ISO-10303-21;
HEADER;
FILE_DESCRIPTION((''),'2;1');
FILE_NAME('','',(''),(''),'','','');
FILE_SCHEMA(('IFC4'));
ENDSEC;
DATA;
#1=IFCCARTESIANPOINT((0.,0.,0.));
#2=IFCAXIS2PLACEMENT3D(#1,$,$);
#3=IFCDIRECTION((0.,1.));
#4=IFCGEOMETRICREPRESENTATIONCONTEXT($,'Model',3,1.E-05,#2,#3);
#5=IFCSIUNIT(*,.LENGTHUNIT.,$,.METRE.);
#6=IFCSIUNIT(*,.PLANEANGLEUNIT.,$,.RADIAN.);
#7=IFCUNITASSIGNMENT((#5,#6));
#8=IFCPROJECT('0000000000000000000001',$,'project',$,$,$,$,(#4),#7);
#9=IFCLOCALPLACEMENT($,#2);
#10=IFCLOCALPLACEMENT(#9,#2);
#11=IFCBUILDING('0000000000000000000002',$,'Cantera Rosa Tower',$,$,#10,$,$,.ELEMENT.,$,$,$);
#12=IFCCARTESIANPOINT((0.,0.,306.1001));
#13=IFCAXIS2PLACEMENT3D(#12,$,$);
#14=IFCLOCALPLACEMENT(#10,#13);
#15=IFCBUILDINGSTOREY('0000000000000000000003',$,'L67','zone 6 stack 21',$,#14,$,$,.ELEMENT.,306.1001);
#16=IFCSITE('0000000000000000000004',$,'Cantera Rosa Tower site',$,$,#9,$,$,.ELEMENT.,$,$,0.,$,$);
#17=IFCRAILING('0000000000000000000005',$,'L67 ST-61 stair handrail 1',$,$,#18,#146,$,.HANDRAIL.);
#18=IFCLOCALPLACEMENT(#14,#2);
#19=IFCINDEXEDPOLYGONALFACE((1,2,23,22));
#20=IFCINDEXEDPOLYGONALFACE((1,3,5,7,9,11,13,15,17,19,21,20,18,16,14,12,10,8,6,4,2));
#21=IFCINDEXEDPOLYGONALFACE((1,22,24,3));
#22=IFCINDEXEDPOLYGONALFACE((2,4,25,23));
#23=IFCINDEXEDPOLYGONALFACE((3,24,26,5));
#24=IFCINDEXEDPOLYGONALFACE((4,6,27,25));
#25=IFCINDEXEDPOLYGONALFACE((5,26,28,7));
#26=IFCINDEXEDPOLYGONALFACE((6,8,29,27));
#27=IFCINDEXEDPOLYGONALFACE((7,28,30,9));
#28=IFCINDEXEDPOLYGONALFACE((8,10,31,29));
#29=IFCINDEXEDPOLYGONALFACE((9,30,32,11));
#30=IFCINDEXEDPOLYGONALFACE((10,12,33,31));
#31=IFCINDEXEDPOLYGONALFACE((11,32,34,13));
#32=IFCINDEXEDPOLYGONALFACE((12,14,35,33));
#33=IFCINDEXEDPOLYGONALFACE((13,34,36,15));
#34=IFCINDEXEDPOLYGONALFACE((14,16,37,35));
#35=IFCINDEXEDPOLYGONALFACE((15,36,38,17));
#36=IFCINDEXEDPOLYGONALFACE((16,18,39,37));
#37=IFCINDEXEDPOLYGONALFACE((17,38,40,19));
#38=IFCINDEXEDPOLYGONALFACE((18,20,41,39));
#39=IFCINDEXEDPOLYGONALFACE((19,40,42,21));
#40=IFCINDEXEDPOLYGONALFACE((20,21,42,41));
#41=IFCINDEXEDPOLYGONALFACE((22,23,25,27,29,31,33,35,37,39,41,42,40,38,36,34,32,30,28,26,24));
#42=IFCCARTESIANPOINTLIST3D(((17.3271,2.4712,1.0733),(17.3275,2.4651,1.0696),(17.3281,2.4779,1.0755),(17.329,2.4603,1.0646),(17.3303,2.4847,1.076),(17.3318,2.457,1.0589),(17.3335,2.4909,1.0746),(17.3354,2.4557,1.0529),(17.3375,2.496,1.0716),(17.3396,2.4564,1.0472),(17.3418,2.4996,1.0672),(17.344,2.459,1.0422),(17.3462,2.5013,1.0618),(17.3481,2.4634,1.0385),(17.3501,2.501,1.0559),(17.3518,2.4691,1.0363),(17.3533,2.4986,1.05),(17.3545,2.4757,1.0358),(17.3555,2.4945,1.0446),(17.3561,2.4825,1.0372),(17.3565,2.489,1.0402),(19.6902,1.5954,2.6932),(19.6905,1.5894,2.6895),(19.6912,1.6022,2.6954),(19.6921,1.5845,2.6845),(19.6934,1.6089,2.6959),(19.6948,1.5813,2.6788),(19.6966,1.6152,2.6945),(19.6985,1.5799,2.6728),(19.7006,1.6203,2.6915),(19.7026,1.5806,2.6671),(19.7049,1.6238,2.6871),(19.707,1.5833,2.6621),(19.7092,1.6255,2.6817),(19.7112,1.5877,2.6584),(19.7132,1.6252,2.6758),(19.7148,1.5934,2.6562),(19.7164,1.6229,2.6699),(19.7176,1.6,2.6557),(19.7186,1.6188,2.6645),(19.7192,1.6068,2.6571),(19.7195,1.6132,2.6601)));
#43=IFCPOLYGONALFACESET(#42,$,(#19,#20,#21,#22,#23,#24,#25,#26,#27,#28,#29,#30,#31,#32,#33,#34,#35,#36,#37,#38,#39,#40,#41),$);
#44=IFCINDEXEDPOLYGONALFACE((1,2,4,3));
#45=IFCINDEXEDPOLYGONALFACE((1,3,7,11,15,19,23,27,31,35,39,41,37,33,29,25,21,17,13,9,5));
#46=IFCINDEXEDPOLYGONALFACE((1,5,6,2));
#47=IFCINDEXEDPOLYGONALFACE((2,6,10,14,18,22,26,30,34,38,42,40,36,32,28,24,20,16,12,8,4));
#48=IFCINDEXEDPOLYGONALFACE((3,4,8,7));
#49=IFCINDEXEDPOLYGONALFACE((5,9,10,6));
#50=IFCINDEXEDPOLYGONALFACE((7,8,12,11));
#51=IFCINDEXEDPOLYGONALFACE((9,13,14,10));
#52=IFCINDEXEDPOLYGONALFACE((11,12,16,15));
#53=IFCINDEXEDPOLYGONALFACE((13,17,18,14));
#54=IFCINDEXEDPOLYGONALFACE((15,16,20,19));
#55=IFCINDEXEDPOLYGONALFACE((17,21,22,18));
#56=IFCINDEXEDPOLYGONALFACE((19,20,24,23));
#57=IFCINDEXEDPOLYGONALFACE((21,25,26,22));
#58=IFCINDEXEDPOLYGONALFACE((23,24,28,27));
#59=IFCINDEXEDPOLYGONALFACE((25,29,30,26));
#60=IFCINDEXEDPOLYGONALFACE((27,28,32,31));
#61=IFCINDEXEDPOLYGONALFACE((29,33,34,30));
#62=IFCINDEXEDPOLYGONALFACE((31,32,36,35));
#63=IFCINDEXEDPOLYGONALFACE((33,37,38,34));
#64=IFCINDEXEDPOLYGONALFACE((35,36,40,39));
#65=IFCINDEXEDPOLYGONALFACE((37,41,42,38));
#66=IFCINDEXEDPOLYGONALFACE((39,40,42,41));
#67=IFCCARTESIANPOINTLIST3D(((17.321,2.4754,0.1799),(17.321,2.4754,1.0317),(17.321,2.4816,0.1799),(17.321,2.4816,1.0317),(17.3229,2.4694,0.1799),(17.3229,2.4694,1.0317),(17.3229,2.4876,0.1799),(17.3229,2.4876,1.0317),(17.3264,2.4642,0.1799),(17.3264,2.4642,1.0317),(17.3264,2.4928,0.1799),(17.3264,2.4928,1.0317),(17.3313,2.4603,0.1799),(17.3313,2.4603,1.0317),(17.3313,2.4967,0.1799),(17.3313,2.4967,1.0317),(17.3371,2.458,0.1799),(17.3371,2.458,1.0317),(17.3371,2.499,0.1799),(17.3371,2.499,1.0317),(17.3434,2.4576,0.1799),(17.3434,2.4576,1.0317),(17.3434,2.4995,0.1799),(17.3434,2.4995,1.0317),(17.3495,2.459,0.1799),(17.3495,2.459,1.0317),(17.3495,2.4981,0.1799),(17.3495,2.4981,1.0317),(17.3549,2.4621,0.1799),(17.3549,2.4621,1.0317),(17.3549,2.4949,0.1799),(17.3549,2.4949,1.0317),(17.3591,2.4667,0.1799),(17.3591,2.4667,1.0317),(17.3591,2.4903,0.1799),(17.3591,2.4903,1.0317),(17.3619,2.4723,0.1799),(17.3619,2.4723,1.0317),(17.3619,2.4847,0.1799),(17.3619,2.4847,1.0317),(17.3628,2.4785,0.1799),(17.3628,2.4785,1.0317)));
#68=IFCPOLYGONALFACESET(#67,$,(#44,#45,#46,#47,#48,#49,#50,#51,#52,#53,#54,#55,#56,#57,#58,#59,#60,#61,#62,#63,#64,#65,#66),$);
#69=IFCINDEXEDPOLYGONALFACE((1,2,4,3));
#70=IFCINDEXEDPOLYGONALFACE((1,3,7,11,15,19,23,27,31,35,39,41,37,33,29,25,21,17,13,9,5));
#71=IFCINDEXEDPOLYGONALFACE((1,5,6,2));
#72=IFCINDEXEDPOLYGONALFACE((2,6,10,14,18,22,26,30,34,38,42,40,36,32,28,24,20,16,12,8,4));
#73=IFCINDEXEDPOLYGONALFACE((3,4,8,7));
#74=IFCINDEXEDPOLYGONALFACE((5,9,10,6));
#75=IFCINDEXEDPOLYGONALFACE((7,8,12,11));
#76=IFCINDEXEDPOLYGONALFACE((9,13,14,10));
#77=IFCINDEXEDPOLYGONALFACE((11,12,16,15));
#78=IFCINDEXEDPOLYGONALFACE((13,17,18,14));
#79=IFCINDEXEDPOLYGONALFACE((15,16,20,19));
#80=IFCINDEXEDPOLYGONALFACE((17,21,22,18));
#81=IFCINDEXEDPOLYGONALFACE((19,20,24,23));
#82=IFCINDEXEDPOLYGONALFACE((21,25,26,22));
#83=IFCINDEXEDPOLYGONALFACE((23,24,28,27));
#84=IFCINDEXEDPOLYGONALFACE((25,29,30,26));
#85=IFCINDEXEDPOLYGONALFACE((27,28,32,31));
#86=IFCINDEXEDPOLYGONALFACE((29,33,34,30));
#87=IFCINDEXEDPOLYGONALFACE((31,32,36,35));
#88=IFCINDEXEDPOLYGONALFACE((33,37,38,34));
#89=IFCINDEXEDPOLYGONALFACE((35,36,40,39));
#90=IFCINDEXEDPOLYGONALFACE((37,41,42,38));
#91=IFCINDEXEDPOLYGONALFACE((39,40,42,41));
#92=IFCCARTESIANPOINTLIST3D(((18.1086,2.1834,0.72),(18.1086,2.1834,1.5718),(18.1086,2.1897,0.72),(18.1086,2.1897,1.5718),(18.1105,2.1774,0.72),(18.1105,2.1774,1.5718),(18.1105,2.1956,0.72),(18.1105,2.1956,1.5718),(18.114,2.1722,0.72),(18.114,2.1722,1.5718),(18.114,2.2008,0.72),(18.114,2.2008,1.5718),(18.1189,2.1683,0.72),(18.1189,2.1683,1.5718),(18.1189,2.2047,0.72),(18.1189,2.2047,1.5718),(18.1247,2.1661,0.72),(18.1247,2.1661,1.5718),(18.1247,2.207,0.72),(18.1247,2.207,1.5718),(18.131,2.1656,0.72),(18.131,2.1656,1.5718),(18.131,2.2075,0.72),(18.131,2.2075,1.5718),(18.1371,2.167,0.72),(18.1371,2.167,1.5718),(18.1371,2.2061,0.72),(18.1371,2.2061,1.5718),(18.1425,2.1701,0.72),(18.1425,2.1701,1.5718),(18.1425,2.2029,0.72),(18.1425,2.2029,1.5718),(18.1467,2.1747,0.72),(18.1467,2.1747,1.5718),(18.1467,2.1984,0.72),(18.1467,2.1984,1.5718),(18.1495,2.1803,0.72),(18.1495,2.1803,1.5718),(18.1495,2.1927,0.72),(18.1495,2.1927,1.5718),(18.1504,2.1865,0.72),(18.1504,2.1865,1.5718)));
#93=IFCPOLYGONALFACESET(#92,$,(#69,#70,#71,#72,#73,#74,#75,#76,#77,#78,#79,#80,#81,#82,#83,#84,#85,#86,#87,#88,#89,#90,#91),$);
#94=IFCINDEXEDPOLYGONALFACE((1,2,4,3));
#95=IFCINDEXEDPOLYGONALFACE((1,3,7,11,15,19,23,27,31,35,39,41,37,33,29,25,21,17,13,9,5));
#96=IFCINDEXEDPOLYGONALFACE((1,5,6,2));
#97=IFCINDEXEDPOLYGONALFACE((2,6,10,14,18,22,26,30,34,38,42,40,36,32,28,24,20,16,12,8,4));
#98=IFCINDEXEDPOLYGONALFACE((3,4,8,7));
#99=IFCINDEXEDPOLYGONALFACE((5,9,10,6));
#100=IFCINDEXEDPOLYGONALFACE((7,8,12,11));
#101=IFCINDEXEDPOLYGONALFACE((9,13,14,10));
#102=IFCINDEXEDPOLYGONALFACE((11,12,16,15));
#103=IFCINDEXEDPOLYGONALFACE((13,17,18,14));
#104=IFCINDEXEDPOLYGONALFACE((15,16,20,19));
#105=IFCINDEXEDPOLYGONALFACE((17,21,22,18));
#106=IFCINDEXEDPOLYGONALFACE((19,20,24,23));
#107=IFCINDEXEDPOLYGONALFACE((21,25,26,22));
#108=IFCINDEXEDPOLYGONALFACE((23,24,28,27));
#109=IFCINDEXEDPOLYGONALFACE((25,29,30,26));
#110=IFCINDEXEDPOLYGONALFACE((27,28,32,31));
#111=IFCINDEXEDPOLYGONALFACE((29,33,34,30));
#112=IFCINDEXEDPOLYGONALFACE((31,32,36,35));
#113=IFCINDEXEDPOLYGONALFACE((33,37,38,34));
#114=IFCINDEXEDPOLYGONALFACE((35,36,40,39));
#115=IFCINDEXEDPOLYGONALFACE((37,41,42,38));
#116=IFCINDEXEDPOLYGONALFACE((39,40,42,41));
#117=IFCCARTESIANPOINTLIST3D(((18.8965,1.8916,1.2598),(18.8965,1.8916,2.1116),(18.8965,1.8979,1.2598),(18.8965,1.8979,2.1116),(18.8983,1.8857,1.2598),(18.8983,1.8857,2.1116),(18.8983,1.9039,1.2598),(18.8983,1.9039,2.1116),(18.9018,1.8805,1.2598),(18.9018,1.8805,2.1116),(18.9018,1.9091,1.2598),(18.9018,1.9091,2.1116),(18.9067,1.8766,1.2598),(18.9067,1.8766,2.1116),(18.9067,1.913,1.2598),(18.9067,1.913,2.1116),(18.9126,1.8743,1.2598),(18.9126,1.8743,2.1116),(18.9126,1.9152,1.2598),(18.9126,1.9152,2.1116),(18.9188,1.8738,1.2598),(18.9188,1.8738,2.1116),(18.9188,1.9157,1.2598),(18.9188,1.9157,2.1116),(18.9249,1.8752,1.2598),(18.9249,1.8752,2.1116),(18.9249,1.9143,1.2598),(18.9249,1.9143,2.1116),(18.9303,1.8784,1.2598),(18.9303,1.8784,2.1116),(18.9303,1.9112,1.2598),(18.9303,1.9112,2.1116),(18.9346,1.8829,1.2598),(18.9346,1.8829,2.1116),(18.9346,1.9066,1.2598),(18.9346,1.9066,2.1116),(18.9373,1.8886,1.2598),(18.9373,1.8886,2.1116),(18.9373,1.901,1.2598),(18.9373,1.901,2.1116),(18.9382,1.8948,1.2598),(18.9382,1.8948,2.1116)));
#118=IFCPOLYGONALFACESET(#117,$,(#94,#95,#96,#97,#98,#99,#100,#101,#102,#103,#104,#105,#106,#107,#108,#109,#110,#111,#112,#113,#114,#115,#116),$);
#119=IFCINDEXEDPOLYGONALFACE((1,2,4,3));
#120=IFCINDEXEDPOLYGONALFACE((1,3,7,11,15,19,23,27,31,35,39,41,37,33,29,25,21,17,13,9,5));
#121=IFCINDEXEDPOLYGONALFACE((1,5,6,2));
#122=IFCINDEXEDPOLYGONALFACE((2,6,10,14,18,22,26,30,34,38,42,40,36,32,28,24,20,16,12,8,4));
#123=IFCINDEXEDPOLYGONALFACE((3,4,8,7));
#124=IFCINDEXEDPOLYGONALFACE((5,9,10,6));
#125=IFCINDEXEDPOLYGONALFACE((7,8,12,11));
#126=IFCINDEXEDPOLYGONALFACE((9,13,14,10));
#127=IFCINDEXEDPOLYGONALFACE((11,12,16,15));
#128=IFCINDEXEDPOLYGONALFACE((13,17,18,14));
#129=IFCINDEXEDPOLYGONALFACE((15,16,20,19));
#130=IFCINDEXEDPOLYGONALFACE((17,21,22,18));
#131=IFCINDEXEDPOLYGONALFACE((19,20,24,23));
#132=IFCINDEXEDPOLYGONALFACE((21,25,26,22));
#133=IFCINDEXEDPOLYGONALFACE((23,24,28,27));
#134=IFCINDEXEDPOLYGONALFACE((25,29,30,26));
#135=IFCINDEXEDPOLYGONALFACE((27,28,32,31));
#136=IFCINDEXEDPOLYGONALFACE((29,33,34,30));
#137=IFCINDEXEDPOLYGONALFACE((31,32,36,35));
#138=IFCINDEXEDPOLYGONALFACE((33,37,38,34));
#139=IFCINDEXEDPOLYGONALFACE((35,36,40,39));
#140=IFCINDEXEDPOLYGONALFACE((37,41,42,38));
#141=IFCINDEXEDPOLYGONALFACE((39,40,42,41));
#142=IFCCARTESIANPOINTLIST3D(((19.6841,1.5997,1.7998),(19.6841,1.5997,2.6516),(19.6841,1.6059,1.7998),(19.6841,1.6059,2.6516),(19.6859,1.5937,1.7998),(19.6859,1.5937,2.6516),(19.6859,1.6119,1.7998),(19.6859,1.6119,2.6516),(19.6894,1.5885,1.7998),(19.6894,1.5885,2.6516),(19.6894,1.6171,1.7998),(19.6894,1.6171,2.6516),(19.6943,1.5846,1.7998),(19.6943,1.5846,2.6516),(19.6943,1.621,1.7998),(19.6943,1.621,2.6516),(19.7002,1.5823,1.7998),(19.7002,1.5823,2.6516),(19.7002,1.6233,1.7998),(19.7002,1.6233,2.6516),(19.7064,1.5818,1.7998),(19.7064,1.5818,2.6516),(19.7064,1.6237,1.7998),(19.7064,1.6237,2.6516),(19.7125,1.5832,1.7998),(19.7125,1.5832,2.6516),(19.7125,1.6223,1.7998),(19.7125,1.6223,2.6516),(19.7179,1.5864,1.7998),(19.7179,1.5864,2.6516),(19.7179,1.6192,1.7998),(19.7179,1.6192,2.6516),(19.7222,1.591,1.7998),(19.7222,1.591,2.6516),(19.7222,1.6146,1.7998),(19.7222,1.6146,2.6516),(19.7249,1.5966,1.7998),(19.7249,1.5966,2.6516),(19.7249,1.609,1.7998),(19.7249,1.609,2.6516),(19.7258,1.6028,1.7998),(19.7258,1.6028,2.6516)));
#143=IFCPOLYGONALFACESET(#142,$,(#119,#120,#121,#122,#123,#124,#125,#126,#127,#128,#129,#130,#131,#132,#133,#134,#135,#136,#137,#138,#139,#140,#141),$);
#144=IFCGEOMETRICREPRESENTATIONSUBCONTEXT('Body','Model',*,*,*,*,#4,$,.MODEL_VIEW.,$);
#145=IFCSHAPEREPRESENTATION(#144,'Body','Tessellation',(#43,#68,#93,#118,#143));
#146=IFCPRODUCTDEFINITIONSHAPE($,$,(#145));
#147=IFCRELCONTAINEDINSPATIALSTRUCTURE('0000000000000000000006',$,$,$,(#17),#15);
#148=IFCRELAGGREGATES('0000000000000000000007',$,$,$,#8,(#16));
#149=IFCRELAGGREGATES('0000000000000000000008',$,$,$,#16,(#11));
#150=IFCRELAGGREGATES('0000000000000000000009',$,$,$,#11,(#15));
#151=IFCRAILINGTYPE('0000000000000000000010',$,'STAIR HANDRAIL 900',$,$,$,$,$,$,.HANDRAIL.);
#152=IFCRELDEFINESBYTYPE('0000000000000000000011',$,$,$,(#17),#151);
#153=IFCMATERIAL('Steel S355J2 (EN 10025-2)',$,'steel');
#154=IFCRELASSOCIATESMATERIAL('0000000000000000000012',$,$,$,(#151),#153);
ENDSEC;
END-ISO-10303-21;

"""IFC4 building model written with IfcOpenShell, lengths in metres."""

from ifc_helpers import new_model, si_unit, direction, frame, origin, origin_2d, place, context, subcontext, project, spatial, circle, extrude, material, type_object, element, save


model = new_model("IFC4")

# Units and contexts
model_context = context("Model", 3, precision=1e-05, world=origin(), true_north=direction((0.0, 1.0)))
body_context = subcontext(model_context, "Body", "Model", "MODEL_VIEW")
ifc_project = project(units=[si_unit("LENGTHUNIT", "METRE"), si_unit("PLANEANGLEUNIT", "RADIAN")], contexts=[model_context])

# Site, building, storey
site_placement = place(None, origin())
site = spatial("IfcSite", under=ifc_project, at=site_placement, Name="Cantera Rosa Tower site", CompositionType="ELEMENT", RefElevation=0.0)
building_placement = place(site_placement, origin())
building = spatial("IfcBuilding", under=site, at=building_placement, Name="Cantera Rosa Tower", CompositionType="ELEMENT")
storey_placement = place(building_placement, frame((0.0, 0.0, 306.1001)))
storey = spatial("IfcBuildingStorey", under=building, at=storey_placement, Name="L67", Description="zone 6 stack 21", CompositionType="ELEMENT", Elevation=306.1001)

# Railing
ifc_material_1 = material(Name="Steel S355J2 (EN 10025-2)", Category="steel")
railing_type_1 = type_object("IfcRailingType", Name="STAIR HANDRAIL 900", PredefinedType="HANDRAIL", material=ifc_material_1)
railing_1_placement = place(storey_placement, frame((17.3418, 2.4785, 0.1799)))
element("IfcRailing", 1, at=railing_1_placement, inside=storey, type_object=railing_type_1, Name="L67 ST-61 stair handrail 1", PredefinedType="HANDRAIL", context=body_context, shape_type="SweptSolid", body=[
    extrude(circle(Radius=0.0239, at=origin_2d()), frame((0.0, 0.0, 0.876), z_axis=(0.788782, -0.29232, 0.540714), x_axis=(0.347501, 0.93768, 0.0)), (0.0, 0.0, 1.0), 2.9958),
    extrude(circle(Radius=0.021, at=origin_2d()), origin(), (0.0, 0.0, 1.0), 0.8518),
    extrude(circle(Radius=0.021, at=origin_2d()), frame((0.7876, -0.292, 0.54)), (0.0, 0.0, 1.0), 0.8518),
    extrude(circle(Radius=0.021, at=origin_2d()), frame((1.5754, -0.5837, 1.0798)), (0.0, 0.0, 1.0), 0.8518),
    extrude(circle(Radius=0.021, at=origin_2d()), frame((2.363, -0.8757, 1.6199)), (0.0, 0.0, 1.0), 0.8518),
])

save(model, "model.ifc")
